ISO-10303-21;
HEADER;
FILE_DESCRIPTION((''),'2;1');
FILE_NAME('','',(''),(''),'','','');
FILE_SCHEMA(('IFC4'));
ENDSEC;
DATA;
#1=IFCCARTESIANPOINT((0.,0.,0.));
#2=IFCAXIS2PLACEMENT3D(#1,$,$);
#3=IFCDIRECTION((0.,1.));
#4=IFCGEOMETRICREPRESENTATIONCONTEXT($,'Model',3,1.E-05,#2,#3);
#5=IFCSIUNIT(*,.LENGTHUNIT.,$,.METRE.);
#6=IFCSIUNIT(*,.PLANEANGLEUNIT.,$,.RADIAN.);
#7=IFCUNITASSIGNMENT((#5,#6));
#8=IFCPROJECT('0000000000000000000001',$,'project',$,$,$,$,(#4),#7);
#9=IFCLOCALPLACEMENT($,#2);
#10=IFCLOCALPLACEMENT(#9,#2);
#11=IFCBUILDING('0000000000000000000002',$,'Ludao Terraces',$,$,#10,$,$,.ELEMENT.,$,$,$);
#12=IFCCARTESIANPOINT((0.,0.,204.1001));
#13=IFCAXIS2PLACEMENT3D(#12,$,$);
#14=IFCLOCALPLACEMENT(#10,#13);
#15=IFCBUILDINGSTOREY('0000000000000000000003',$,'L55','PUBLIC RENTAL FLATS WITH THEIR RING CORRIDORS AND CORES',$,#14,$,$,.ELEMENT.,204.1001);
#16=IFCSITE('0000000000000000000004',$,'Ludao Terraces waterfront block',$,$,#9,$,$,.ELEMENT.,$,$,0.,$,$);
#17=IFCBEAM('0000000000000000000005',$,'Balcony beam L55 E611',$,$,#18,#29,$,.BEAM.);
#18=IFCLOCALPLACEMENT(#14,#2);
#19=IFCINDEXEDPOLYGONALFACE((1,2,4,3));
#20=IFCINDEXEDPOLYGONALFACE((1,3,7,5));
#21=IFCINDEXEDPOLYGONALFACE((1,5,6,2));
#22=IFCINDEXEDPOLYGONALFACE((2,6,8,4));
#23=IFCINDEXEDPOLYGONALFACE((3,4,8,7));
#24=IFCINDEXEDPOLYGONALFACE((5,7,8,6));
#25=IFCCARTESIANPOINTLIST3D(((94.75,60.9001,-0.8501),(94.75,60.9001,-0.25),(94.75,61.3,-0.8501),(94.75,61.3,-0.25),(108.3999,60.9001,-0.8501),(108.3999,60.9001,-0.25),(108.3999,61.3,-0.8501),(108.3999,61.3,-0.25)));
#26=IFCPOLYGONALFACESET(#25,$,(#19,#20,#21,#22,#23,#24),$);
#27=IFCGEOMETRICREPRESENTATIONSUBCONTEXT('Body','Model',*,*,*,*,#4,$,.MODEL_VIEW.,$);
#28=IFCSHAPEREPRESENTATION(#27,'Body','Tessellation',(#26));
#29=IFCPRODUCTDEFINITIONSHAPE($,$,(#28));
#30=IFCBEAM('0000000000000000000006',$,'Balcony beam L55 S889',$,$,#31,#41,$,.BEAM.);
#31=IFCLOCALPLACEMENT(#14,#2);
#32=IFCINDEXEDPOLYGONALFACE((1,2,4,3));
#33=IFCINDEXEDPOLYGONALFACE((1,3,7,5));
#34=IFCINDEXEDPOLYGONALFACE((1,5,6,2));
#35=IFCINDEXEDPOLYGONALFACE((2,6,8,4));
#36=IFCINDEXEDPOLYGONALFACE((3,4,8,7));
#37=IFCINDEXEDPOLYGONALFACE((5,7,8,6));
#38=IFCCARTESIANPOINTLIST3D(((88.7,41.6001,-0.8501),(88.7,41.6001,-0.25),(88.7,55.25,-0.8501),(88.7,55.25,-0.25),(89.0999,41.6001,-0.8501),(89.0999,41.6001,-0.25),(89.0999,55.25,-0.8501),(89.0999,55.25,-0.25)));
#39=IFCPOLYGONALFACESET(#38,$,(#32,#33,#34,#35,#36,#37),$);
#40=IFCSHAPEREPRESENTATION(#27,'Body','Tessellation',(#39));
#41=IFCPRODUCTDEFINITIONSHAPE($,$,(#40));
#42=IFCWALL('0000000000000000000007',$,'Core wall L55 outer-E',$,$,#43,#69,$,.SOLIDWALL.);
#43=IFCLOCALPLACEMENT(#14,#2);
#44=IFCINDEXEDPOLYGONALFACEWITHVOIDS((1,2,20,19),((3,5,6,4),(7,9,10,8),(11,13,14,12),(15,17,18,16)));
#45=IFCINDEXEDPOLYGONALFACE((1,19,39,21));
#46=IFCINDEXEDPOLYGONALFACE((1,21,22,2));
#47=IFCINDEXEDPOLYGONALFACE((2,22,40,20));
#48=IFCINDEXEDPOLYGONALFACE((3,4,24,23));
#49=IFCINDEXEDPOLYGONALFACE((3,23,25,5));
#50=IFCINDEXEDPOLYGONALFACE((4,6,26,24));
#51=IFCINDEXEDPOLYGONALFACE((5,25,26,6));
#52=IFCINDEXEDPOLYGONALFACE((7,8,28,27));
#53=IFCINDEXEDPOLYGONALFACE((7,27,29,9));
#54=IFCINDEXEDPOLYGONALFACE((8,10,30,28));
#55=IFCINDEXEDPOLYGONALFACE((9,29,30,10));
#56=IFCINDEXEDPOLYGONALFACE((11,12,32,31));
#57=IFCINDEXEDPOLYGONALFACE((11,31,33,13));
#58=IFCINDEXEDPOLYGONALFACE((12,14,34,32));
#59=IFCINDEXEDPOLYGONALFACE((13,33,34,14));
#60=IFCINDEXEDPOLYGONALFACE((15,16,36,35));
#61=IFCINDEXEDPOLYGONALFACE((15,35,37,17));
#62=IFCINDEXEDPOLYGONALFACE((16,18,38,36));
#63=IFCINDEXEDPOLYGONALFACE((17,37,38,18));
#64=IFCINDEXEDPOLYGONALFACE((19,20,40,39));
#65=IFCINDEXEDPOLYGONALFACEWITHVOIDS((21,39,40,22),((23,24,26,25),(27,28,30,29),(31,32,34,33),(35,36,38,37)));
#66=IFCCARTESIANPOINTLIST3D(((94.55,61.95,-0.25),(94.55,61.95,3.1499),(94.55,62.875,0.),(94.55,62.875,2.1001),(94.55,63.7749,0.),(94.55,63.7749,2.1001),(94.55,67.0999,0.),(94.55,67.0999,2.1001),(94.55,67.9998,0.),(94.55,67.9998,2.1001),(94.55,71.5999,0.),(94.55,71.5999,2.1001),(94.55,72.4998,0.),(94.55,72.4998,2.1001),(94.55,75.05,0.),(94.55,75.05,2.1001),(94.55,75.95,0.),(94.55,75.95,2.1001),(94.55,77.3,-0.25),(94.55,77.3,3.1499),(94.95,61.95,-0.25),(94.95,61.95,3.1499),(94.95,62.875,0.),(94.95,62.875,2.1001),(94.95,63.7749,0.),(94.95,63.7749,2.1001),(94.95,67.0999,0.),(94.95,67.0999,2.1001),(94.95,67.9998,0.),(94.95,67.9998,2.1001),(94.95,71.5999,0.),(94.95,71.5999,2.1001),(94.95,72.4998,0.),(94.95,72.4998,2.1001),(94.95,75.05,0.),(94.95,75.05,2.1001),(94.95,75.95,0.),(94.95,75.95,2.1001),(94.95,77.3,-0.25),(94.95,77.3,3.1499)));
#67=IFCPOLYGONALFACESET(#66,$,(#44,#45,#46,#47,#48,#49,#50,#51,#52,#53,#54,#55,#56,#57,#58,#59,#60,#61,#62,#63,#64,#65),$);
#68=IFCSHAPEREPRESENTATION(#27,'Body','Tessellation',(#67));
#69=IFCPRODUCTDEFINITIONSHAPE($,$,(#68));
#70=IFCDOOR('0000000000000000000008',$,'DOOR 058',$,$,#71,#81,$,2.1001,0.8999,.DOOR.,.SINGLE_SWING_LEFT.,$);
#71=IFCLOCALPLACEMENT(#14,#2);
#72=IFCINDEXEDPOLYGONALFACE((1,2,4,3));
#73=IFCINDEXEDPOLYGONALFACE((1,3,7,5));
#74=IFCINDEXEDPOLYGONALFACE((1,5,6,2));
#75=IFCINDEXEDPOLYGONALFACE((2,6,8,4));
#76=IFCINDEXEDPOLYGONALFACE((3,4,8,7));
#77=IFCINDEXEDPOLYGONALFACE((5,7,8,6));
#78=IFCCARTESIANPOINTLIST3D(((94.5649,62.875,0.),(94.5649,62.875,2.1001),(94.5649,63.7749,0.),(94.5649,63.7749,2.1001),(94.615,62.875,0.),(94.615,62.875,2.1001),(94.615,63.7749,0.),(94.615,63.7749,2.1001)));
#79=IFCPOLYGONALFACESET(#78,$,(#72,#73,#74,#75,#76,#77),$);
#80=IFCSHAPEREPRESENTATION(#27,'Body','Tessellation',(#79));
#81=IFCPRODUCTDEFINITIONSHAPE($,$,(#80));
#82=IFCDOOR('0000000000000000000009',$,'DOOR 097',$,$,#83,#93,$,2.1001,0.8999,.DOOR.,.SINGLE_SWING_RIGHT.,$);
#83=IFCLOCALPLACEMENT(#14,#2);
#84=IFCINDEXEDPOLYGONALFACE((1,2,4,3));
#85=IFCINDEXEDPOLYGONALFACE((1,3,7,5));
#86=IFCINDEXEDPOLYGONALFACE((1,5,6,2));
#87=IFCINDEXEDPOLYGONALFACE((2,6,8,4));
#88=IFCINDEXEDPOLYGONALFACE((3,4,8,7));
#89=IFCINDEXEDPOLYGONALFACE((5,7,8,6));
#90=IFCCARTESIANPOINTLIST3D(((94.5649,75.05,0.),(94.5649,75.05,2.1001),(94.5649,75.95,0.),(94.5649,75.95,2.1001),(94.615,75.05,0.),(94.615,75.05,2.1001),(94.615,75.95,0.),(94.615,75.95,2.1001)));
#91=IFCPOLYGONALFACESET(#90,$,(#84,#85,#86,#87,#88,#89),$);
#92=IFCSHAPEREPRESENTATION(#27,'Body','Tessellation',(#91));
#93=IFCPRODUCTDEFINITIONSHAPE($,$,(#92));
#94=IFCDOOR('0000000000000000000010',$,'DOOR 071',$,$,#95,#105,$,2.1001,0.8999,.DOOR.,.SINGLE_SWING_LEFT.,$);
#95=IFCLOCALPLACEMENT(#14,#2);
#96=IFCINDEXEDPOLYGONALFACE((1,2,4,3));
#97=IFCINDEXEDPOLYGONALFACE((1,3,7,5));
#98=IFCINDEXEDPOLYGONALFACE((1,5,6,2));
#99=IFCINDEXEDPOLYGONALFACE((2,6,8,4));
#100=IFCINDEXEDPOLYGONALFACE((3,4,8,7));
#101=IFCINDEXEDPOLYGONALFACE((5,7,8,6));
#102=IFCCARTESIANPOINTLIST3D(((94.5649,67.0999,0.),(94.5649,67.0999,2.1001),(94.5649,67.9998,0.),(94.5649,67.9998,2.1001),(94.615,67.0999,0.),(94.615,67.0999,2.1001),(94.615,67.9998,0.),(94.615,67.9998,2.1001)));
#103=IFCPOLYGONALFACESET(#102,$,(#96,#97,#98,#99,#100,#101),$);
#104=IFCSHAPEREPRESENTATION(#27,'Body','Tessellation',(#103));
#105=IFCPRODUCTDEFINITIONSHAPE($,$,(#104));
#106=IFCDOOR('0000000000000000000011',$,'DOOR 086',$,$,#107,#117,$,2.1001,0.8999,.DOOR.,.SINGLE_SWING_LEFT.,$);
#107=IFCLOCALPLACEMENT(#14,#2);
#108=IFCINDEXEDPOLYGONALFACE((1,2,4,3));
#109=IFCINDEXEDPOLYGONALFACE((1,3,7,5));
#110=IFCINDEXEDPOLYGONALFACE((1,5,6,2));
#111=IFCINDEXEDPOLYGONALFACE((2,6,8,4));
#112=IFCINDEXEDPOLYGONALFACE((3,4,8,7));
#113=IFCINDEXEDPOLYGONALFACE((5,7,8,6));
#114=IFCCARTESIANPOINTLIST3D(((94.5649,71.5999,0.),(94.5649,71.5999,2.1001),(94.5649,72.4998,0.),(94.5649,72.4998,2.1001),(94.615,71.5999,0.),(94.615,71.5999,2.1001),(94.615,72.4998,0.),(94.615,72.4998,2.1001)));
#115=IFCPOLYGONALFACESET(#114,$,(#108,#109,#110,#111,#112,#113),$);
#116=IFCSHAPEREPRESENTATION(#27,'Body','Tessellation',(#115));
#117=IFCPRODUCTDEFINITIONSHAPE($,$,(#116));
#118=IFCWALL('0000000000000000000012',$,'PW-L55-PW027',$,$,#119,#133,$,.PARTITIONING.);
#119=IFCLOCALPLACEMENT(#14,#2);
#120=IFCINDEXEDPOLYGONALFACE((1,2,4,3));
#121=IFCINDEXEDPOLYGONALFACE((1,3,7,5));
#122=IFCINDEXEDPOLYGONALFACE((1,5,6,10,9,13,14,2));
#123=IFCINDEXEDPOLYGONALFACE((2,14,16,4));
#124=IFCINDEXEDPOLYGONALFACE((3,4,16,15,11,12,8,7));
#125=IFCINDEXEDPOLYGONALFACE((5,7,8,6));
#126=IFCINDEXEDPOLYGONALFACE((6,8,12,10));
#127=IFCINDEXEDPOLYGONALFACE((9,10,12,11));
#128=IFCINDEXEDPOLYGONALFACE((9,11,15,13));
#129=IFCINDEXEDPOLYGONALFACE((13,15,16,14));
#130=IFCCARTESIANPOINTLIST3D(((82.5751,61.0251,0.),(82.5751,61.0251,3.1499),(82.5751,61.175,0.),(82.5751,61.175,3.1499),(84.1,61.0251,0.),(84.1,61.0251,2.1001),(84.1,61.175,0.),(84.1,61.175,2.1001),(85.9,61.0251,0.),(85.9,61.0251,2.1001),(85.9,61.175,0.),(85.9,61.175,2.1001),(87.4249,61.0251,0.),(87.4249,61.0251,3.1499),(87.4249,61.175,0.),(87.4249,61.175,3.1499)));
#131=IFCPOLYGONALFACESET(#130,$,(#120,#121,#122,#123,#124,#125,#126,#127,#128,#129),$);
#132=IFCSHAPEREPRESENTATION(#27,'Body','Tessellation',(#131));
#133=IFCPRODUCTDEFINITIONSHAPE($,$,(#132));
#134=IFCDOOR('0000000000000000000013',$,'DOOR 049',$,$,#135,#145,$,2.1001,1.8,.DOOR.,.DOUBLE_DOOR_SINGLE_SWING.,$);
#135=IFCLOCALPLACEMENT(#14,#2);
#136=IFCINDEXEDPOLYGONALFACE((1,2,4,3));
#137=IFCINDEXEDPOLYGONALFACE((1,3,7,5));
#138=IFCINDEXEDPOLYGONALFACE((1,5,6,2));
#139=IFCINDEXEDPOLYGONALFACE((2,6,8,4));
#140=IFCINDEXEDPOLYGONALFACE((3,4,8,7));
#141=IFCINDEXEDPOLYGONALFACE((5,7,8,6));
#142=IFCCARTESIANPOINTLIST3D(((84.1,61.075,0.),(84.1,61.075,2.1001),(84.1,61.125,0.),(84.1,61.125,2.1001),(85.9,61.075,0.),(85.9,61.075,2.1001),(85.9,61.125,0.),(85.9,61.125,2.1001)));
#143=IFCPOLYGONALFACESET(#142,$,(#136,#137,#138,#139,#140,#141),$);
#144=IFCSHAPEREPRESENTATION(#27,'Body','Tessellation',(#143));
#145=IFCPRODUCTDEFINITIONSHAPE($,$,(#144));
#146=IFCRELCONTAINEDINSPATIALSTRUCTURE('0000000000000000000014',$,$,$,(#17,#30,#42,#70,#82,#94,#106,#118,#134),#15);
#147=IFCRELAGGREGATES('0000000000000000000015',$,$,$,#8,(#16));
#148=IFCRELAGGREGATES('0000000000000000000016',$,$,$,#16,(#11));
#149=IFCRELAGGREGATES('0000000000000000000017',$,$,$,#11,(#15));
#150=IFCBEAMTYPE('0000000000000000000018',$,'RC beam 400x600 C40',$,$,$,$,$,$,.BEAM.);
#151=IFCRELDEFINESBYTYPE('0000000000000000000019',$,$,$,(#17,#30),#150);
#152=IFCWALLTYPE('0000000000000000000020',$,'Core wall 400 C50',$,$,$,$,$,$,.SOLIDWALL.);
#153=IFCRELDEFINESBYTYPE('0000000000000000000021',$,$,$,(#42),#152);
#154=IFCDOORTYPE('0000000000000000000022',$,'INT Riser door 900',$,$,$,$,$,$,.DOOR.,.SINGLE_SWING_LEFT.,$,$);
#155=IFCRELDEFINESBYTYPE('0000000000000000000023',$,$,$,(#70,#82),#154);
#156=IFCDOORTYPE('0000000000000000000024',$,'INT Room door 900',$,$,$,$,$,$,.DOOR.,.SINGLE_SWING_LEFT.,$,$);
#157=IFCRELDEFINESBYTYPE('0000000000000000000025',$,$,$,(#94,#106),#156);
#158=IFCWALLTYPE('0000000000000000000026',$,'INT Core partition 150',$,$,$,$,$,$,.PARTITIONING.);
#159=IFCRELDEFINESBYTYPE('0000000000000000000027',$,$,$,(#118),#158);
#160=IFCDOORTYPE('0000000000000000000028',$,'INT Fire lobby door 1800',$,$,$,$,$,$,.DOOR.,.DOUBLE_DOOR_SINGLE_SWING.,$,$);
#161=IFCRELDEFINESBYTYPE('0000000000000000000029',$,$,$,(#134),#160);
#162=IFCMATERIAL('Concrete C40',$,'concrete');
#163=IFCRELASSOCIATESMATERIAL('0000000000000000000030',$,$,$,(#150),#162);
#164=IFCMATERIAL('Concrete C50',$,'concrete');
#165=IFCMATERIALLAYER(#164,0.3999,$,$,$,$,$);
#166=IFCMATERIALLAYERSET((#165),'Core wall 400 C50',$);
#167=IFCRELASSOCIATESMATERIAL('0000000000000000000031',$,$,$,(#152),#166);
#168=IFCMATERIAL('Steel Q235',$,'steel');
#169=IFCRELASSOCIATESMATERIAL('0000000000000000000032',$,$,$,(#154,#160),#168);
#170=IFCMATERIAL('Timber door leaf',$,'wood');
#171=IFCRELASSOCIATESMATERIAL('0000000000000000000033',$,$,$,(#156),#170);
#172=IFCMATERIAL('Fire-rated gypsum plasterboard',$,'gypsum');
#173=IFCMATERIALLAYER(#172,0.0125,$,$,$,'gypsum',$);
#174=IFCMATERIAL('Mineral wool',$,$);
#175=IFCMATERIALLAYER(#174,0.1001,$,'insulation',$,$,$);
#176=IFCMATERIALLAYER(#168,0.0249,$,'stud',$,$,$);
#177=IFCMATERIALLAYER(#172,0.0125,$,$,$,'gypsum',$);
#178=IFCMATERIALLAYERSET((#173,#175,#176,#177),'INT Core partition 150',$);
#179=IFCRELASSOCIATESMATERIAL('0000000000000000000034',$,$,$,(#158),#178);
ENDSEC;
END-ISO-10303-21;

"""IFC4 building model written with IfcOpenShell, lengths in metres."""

from ifc_helpers import new_model, si_unit, direction, frame, frame_2d, origin, origin_2d, place, context, subcontext, project, spatial, rectangle, extrude, material, layer, layer_set, material_profile, profile_set, type_object, element, fill, save


model = new_model("IFC4")

# Units and contexts
model_context = context("Model", 3, precision=1e-05, world=origin(), true_north=direction((0.0, 1.0)))
body_context = subcontext(model_context, "Body", "Model", "MODEL_VIEW")
ifc_project = project(units=[si_unit("LENGTHUNIT", "METRE"), si_unit("PLANEANGLEUNIT", "RADIAN")], contexts=[model_context])

# Site, building, storey
site_placement = place(None, origin())
site = spatial("IfcSite", under=ifc_project, at=site_placement, Name="Ludao Terraces waterfront block", CompositionType="ELEMENT", RefElevation=0.0)
building_placement = place(site_placement, origin())
building = spatial("IfcBuilding", under=site, at=building_placement, Name="Ludao Terraces", CompositionType="ELEMENT")
storey_placement = place(building_placement, frame((0.0, 0.0, 204.1001)))
storey = spatial("IfcBuildingStorey", under=building, at=storey_placement, Name="L55", Description="PUBLIC RENTAL FLATS WITH THEIR RING CORRIDORS AND CORES", CompositionType="ELEMENT", Elevation=204.1001)

# Beams
ifc_material_1 = material(Name="Concrete C40", Category="concrete")
ifc_material_profile = material_profile(ifc_material_1, rectangle(XDim=0.3999, YDim=0.6001, at=origin_2d()), Name="400 X 600")
ifc_profile_set = profile_set([ifc_material_profile], Name="Concrete C40")
beam_type = type_object("IfcBeamType", Name="RC beam 400x600 C40", PredefinedType="BEAM", material=ifc_profile_set)
for number, where, z_axis, x_axis, name in (
    (1, (94.75, 61.1001, -0.55), (1.0, 0.0, 0.0), (0.0, 1.0, 0.0), "Balcony beam L55 E611"),
    (2, (88.8999, 55.25, -0.55), (0.0, -1.0, 0.0), (1.0, 0.0, 0.0), "Balcony beam L55 S889"),
):
    element("IfcBeam", number, at=place(storey_placement, frame(where, z_axis=z_axis, x_axis=x_axis)), inside=storey, type_object=beam_type, Name=name, PredefinedType="BEAM", context=body_context, shape_type="SweptSolid", body=[
        extrude(rectangle(XDim=0.3999, YDim=0.6001, at=origin_2d()), origin(), (0.0, 0.0, 1.0), 13.6499),
    ])

# Wall, openings, doors
ifc_material_2 = material(Name="Concrete C50", Category="concrete")
ifc_layer_1 = layer(ifc_material_2, 0.3999)
ifc_layer_set_1 = layer_set([ifc_layer_1], Name="Core wall 400 C50")
wall_type_1 = type_object("IfcWallType", Name="Core wall 400 C50", PredefinedType="SOLIDWALL", material=ifc_layer_set_1)
wall_1_placement = place(storey_placement, frame((94.75, 61.95, -0.25), z_axis=(0.0, 0.0, 1.0), x_axis=(0.0, 1.0, 0.0)))
wall_1 = element("IfcWall", 3, at=wall_1_placement, inside=storey, type_object=wall_type_1, Name="Core wall L55 outer-E", PredefinedType="SOLIDWALL", context=body_context, shape_type="SweptSolid", body=[
    extrude(rectangle(XDim=15.3501, YDim=0.3999, at=frame_2d((7.675, 0.0))), origin(), (0.0, 0.0, 1.0), 3.3999),
])
opening_1_placement = place(wall_1_placement, frame((0.925, 0.0, 0.25)))
opening_1 = element("IfcOpeningElement", 4, at=opening_1_placement, cuts=wall_1, PredefinedType="OPENING", context=body_context, shape_type="SweptSolid", body=[
    extrude(rectangle(XDim=0.8999, YDim=2.1001, at=frame_2d((0.45, 1.05))), frame((0.0, 0.21, 0.0), z_axis=(0.0, -1.0, 0.0), x_axis=(1.0, 0.0, 0.0)), (0.0, 0.0, 1.0), 0.4199),
])
opening_2_placement = place(wall_1_placement, frame((5.1499, 0.0, 0.25)))
opening_2 = element("IfcOpeningElement", 5, at=opening_2_placement, cuts=wall_1, PredefinedType="OPENING", context=body_context, shape_type="SweptSolid", body=[
    extrude(rectangle(XDim=0.8999, YDim=2.1001, at=frame_2d((0.45, 1.05))), frame((0.0, 0.21, 0.0), z_axis=(0.0, -1.0, 0.0), x_axis=(1.0, 0.0, 0.0)), (0.0, 0.0, 1.0), 0.4199),
])
opening_3_placement = place(wall_1_placement, frame((9.6499, 0.0, 0.25)))
opening_3 = element("IfcOpeningElement", 6, at=opening_3_placement, cuts=wall_1, PredefinedType="OPENING", context=body_context, shape_type="SweptSolid", body=[
    extrude(rectangle(XDim=0.8999, YDim=2.1001, at=frame_2d((0.45, 1.05))), frame((0.0, 0.21, 0.0), z_axis=(0.0, -1.0, 0.0), x_axis=(1.0, 0.0, 0.0)), (0.0, 0.0, 1.0), 0.4199),
])
opening_4_placement = place(wall_1_placement, frame((13.1001, 0.0, 0.25)))
opening_4 = element("IfcOpeningElement", 7, at=opening_4_placement, cuts=wall_1, PredefinedType="OPENING", context=body_context, shape_type="SweptSolid", body=[
    extrude(rectangle(XDim=0.8999, YDim=2.1001, at=frame_2d((0.45, 1.05))), frame((0.0, 0.21, 0.0), z_axis=(0.0, -1.0, 0.0), x_axis=(1.0, 0.0, 0.0)), (0.0, 0.0, 1.0), 0.4199),
])
ifc_material_3 = material(Name="Steel Q235", Category="steel")
door_type_1 = type_object("IfcDoorType", Name="INT Riser door 900", OperationType="SINGLE_SWING_LEFT", PredefinedType="DOOR", material=ifc_material_3)
door_1_placement = place(opening_1_placement, origin())
door_1 = element("IfcDoor", 8, at=door_1_placement, inside=storey, type_object=door_type_1, Name="DOOR 058", OperationType="SINGLE_SWING_LEFT", OverallHeight=2.1001, OverallWidth=0.8999, PredefinedType="DOOR", context=body_context, shape_type="SweptSolid", body=[
    extrude(rectangle(XDim=0.8999, YDim=2.1001, at=frame_2d((0.45, 1.05))), frame((0.0, 0.1851, 0.0), z_axis=(0.0, -1.0, 0.0), x_axis=(1.0, 0.0, 0.0)), (0.0, 0.0, 1.0), 0.05),
])
fill(opening_1, door_1)
door_2_placement = place(opening_4_placement, origin())
door_2 = element("IfcDoor", 9, at=door_2_placement, inside=storey, type_object=door_type_1, Name="DOOR 097", OperationType="SINGLE_SWING_RIGHT", OverallHeight=2.1001, OverallWidth=0.8999, PredefinedType="DOOR", context=body_context, shape_type="SweptSolid", body=[
    extrude(rectangle(XDim=0.8999, YDim=2.1001, at=frame_2d((0.45, 1.05))), frame((0.0, 0.1851, 0.0), z_axis=(0.0, -1.0, 0.0), x_axis=(1.0, 0.0, 0.0)), (0.0, 0.0, 1.0), 0.05),
])
fill(opening_4, door_2)
ifc_material_4 = material(Name="Timber door leaf", Category="wood")
door_type_2 = type_object("IfcDoorType", Name="INT Room door 900", OperationType="SINGLE_SWING_LEFT", PredefinedType="DOOR", material=ifc_material_4)
door_3_placement = place(opening_2_placement, origin())
door_3 = element("IfcDoor", 10, at=door_3_placement, inside=storey, type_object=door_type_2, Name="DOOR 071", OperationType="SINGLE_SWING_LEFT", OverallHeight=2.1001, OverallWidth=0.8999, PredefinedType="DOOR", context=body_context, shape_type="SweptSolid", body=[
    extrude(rectangle(XDim=0.8999, YDim=2.1001, at=frame_2d((0.45, 1.05))), frame((0.0, 0.1851, 0.0), z_axis=(0.0, -1.0, 0.0), x_axis=(1.0, 0.0, 0.0)), (0.0, 0.0, 1.0), 0.05),
])
fill(opening_2, door_3)
door_4_placement = place(opening_3_placement, origin())
door_4 = element("IfcDoor", 11, at=door_4_placement, inside=storey, type_object=door_type_2, Name="DOOR 086", OperationType="SINGLE_SWING_LEFT", OverallHeight=2.1001, OverallWidth=0.8999, PredefinedType="DOOR", context=body_context, shape_type="SweptSolid", body=[
    extrude(rectangle(XDim=0.8999, YDim=2.1001, at=frame_2d((0.45, 1.05))), frame((0.0, 0.1851, 0.0), z_axis=(0.0, -1.0, 0.0), x_axis=(1.0, 0.0, 0.0)), (0.0, 0.0, 1.0), 0.05),
])
fill(opening_3, door_4)

# Wall, opening, door
ifc_material_5 = material(Name="Fire-rated gypsum plasterboard", Category="gypsum")
ifc_layer_2 = layer(ifc_material_5, 0.0125, Category="gypsum")
ifc_material_6 = material(Name="Mineral wool")
ifc_layer_3 = layer(ifc_material_6, 0.1001, Name="insulation")
ifc_layer_4 = layer(ifc_material_3, 0.0249, Name="stud")
ifc_layer_5 = layer(ifc_material_5, 0.0125, Category="gypsum")
ifc_layer_set_2 = layer_set([ifc_layer_2, ifc_layer_3, ifc_layer_4, ifc_layer_5], Name="INT Core partition 150")
wall_type_2 = type_object("IfcWallType", Name="INT Core partition 150", PredefinedType="PARTITIONING", material=ifc_layer_set_2)
wall_2_placement = place(storey_placement, frame((82.5752, 61.1001, 0.0), z_axis=(0.0, 0.0, 1.0), x_axis=(1.0, 0.0, 0.0)))
wall_2 = element("IfcWall", 12, at=wall_2_placement, inside=storey, type_object=wall_type_2, Name="PW-L55-PW027", PredefinedType="PARTITIONING", context=body_context, shape_type="SweptSolid", body=[
    extrude(rectangle(XDim=4.8499, YDim=0.1499, at=frame_2d((2.4248, 0.0))), origin(), (0.0, 0.0, 1.0), 3.1499),
])
opening_5_placement = place(wall_2_placement, frame((1.5249, 0.0, 0.0)))
opening_5 = element("IfcOpeningElement", 13, at=opening_5_placement, cuts=wall_2, PredefinedType="OPENING", context=body_context, shape_type="SweptSolid", body=[
    extrude(rectangle(XDim=1.8, YDim=2.1001, at=frame_2d((0.8999, 1.05))), frame((0.0, 0.085, 0.0), z_axis=(0.0, -1.0, 0.0), x_axis=(1.0, 0.0, 0.0)), (0.0, 0.0, 1.0), 0.1699),
])
door_type_3 = type_object("IfcDoorType", Name="INT Fire lobby door 1800", OperationType="DOUBLE_DOOR_SINGLE_SWING", PredefinedType="DOOR", material=ifc_material_3)
door_5_placement = place(opening_5_placement, origin())
door_5 = element("IfcDoor", 14, at=door_5_placement, inside=storey, type_object=door_type_3, Name="DOOR 049", OperationType="DOUBLE_DOOR_SINGLE_SWING", OverallHeight=2.1001, OverallWidth=1.8, PredefinedType="DOOR", context=body_context, shape_type="SweptSolid", body=[
    extrude(rectangle(XDim=1.8, YDim=2.1001, at=frame_2d((0.8999, 1.05))), frame((0.0, 0.0249, 0.0), z_axis=(0.0, -1.0, 0.0), x_axis=(1.0, 0.0, 0.0)), (0.0, 0.0, 1.0), 0.05),
])
fill(opening_5, door_5)

save(model, "model.ifc")
